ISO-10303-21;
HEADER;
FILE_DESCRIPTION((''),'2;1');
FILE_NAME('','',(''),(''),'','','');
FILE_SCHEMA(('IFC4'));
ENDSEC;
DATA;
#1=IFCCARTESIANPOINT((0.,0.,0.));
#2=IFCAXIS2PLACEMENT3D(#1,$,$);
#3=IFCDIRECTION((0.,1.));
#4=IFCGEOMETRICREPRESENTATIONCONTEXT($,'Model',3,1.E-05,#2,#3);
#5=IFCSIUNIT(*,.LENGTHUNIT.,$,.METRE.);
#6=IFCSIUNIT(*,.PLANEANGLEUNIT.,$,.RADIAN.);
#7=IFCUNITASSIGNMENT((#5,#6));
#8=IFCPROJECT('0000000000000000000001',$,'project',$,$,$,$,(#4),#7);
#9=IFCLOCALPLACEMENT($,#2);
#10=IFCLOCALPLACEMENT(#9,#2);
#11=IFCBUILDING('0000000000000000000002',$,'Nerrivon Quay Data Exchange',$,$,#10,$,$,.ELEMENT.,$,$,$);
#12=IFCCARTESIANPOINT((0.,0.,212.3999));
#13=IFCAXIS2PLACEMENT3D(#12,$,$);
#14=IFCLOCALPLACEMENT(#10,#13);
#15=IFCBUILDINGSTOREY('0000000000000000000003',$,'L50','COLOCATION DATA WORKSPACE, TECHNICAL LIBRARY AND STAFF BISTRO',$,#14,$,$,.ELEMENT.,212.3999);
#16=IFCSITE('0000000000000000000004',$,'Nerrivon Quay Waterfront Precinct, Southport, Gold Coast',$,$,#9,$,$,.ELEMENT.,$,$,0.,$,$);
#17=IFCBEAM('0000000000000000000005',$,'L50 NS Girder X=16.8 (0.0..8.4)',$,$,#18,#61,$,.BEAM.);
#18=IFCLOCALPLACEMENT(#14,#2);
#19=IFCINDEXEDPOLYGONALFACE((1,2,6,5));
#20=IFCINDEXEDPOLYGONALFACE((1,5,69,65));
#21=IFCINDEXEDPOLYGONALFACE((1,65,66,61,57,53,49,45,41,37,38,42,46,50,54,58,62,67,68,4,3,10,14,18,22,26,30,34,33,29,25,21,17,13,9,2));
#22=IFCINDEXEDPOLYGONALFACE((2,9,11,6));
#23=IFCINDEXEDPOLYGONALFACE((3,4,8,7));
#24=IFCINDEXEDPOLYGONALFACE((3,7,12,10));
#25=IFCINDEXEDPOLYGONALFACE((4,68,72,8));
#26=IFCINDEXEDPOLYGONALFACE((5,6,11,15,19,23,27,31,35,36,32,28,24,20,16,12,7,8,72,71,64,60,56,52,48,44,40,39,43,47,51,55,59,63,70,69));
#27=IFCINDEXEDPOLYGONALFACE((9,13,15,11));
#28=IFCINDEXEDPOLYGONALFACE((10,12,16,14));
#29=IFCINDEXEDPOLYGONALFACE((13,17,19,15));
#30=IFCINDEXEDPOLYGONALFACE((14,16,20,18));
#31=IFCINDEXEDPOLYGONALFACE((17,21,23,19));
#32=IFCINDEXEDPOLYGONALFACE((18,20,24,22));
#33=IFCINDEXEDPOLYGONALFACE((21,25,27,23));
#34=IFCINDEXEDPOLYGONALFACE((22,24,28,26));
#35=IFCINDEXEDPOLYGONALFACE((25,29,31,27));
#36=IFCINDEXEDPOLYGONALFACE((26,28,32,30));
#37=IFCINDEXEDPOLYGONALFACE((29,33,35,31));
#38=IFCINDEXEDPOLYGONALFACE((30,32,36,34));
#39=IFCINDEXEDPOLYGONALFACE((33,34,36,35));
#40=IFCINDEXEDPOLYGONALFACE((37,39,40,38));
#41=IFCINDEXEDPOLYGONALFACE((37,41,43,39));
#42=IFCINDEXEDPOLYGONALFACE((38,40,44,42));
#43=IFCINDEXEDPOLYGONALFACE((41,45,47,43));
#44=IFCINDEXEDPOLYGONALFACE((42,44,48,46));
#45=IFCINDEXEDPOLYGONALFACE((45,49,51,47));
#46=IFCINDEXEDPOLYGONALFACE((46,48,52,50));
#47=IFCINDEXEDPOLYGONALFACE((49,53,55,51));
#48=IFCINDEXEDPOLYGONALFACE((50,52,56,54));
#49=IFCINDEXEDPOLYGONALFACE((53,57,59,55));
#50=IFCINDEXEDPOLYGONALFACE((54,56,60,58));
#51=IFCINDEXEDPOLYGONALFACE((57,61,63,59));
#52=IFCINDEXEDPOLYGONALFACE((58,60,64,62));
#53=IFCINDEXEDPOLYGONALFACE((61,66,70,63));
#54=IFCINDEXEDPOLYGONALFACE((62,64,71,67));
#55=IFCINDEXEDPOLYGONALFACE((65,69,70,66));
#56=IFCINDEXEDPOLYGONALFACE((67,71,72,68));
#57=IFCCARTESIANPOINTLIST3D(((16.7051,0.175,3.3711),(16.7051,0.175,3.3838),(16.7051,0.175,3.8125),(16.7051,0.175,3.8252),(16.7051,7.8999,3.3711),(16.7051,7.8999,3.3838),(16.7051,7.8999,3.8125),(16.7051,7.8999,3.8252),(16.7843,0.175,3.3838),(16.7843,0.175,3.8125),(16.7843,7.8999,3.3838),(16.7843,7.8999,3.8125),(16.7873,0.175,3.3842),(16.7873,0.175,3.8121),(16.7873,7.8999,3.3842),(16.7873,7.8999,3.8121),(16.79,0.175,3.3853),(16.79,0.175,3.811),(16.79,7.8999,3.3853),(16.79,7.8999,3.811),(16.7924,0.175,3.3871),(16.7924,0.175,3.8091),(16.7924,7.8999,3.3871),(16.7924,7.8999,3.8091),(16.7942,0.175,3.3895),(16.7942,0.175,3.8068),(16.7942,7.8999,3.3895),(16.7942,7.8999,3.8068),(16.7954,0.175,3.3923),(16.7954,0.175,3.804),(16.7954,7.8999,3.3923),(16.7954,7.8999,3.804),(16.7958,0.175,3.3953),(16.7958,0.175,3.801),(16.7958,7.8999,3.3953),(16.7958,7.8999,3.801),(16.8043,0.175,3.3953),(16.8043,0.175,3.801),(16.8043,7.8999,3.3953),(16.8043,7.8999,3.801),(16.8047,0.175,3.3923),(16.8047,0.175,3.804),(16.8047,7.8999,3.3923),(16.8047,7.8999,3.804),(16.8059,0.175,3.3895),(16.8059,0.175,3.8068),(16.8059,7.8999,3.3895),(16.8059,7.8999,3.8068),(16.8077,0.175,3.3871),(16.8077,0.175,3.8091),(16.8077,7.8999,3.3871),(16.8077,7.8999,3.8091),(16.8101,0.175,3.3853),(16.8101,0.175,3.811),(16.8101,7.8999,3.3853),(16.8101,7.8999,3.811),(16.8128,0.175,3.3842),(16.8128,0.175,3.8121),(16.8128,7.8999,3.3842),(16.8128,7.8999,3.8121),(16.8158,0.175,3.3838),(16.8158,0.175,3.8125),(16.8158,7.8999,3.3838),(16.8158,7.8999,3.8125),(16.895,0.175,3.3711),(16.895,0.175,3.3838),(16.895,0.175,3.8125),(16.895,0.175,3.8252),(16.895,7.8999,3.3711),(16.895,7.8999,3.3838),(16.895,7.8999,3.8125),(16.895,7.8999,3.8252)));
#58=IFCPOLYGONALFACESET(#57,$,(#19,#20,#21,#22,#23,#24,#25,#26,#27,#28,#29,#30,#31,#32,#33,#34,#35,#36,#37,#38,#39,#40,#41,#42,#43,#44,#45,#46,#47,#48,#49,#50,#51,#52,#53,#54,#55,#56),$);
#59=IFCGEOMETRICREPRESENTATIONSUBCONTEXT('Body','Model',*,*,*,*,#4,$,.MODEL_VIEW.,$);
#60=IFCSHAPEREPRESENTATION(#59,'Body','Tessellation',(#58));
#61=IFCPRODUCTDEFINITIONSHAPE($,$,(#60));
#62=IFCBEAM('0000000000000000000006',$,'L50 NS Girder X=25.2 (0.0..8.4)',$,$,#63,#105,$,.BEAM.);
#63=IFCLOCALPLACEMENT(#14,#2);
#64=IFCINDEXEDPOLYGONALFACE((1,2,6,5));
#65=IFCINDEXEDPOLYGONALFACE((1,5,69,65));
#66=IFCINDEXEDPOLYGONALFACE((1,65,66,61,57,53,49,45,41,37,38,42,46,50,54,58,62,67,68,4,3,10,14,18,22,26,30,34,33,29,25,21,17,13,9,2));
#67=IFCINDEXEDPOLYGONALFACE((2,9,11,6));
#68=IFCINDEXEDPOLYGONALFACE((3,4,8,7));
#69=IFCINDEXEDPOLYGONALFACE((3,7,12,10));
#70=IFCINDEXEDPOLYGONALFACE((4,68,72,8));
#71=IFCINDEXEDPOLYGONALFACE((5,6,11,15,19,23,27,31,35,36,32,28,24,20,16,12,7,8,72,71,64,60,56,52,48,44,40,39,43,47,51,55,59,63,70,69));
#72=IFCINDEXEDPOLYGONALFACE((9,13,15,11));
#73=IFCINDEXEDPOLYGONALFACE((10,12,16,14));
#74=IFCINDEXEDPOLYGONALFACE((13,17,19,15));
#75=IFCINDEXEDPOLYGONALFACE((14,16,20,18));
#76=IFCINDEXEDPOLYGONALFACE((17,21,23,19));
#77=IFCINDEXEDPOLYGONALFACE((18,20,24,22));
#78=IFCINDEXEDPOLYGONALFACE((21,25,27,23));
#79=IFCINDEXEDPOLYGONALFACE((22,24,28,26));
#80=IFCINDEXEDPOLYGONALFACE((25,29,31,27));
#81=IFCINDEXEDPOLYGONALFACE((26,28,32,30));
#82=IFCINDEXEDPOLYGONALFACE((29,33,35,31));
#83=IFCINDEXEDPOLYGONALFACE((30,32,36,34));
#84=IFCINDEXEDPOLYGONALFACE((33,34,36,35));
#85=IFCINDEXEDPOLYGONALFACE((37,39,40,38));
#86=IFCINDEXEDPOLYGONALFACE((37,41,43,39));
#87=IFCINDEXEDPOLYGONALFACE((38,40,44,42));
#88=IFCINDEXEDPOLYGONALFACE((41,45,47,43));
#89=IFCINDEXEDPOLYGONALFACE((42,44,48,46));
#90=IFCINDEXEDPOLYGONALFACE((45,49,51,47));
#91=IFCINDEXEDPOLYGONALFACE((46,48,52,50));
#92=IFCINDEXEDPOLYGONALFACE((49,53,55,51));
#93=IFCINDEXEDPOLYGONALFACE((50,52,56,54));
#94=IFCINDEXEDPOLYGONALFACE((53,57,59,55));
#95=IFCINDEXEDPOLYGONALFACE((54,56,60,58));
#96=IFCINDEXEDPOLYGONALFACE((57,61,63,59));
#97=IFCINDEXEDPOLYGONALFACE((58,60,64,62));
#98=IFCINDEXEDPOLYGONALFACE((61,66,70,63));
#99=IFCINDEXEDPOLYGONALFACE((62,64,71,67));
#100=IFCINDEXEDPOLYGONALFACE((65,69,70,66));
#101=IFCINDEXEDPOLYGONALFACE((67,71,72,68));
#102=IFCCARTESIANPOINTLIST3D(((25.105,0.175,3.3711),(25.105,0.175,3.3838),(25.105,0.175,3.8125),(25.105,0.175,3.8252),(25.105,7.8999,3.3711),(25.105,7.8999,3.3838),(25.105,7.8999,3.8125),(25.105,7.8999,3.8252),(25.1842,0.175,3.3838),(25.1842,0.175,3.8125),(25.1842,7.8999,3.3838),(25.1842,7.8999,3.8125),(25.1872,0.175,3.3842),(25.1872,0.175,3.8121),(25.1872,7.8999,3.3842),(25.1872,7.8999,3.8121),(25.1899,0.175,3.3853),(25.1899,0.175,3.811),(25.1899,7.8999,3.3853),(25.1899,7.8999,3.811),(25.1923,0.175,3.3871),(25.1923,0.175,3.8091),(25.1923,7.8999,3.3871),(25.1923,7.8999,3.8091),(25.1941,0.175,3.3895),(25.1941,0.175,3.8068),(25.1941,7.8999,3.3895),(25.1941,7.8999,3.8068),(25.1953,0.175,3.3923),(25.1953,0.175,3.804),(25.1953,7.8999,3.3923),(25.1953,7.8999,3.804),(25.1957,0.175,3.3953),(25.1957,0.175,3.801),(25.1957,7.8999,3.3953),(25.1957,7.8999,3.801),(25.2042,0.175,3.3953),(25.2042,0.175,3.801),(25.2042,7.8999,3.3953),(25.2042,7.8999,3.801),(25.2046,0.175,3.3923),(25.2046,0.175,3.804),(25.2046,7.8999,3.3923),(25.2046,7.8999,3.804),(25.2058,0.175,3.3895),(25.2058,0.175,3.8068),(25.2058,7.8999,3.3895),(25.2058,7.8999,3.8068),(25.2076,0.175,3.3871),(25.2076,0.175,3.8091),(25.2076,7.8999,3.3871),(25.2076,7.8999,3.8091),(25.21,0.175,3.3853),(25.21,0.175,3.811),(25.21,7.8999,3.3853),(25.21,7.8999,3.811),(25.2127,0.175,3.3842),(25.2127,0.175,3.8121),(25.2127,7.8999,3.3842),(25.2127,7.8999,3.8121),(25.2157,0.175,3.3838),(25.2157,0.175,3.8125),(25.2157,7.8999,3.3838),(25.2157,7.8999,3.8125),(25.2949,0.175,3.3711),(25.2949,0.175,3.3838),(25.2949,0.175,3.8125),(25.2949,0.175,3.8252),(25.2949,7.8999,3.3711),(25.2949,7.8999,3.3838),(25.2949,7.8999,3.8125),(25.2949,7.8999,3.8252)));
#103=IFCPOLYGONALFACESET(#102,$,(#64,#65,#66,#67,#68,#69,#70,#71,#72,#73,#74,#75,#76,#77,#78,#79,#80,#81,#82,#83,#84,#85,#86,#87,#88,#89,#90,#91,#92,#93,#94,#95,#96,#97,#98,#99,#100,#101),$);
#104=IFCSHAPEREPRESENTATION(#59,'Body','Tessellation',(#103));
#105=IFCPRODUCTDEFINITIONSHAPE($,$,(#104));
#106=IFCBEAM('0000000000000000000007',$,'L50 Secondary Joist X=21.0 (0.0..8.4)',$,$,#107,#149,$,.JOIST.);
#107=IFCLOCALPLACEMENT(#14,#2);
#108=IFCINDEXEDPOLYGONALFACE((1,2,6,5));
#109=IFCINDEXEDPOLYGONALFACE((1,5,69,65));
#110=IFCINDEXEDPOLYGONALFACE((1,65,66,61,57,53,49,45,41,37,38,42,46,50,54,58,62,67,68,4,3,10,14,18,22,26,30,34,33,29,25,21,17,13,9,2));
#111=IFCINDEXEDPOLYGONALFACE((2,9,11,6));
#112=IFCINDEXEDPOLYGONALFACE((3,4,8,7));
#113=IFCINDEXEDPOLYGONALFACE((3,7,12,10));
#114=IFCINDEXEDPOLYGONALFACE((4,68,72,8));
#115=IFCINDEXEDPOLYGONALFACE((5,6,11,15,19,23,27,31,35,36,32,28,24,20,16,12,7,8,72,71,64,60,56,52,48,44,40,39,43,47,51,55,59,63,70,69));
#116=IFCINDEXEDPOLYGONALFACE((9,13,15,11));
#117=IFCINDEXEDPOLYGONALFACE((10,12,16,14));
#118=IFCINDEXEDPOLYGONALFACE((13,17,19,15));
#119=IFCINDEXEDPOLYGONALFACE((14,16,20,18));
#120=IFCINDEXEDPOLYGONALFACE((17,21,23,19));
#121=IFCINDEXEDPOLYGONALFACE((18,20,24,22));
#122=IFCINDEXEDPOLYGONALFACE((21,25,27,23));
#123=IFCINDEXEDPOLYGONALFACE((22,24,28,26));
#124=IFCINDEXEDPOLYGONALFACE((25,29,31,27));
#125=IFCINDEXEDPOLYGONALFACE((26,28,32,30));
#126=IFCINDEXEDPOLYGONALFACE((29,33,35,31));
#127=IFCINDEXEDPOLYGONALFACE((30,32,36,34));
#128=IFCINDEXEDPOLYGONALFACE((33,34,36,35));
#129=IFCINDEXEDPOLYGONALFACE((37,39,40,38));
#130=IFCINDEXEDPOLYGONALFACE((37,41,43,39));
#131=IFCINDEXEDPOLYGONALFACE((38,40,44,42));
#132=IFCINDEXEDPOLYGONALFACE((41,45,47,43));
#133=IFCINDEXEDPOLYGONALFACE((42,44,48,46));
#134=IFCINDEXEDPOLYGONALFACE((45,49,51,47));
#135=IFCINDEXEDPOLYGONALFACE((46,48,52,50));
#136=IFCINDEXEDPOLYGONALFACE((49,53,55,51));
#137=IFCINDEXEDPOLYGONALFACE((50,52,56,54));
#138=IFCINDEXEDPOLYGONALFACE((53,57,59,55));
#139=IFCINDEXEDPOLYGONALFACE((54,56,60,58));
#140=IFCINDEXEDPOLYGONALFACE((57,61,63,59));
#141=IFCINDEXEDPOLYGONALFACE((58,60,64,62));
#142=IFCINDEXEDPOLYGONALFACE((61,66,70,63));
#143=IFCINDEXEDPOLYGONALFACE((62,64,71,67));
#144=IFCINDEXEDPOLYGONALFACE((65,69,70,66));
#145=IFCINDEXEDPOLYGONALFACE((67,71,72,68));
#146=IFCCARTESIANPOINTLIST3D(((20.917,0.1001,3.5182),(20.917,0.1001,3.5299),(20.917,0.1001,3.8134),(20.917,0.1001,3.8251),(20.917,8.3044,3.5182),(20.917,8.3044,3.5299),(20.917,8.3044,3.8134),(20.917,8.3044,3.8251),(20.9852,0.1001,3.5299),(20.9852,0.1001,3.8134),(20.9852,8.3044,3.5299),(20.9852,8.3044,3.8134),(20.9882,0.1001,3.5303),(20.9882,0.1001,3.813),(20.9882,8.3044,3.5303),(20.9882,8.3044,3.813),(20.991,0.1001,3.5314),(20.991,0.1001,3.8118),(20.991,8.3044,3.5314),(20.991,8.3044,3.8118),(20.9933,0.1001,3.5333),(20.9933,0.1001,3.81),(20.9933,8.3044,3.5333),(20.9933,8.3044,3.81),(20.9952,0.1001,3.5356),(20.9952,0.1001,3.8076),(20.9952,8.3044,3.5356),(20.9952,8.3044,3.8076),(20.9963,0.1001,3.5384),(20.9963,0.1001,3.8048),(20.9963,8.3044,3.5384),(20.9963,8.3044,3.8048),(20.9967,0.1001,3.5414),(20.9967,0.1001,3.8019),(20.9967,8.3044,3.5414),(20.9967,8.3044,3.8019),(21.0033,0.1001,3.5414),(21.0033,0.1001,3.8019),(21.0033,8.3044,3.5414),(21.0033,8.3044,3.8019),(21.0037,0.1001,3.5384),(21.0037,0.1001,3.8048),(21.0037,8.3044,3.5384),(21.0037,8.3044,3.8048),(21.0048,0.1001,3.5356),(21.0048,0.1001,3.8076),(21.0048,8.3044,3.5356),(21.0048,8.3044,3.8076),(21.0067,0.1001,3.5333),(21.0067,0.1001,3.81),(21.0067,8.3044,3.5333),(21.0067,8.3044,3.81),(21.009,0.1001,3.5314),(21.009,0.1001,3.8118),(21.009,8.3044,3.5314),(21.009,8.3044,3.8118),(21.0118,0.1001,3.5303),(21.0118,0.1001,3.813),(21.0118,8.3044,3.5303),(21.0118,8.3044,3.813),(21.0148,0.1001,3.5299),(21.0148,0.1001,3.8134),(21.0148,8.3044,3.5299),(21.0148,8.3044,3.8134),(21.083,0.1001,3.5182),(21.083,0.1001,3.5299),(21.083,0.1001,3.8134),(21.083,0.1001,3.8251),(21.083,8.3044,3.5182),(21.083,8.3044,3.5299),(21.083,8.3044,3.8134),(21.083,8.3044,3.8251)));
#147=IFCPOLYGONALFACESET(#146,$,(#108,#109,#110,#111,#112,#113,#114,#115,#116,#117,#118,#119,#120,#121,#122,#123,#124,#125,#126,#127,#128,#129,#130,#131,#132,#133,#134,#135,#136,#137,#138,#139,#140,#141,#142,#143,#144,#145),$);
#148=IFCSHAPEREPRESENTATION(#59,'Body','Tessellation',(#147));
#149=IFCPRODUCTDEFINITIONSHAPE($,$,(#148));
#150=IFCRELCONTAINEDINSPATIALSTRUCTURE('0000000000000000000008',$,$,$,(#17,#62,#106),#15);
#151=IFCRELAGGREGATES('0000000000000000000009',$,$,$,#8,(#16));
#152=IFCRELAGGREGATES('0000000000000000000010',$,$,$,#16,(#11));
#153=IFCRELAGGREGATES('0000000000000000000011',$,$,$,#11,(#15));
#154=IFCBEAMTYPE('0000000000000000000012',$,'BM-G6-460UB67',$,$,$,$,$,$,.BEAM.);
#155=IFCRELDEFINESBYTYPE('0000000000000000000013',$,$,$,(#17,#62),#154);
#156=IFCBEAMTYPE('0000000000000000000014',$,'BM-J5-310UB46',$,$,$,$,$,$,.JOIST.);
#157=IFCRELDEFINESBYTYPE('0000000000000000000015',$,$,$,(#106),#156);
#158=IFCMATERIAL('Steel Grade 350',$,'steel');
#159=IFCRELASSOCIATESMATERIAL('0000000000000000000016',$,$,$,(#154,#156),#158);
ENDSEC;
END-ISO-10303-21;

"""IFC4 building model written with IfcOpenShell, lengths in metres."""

from ifc_helpers import new_model, si_unit, direction, frame, origin, origin_2d, place, context, subcontext, project, spatial, i_section, extrude, material, material_profile, profile_set, type_object, element, save


model = new_model("IFC4")

# Units and contexts
model_context = context("Model", 3, precision=1e-05, world=origin(), true_north=direction((0.0, 1.0)))
body_context = subcontext(model_context, "Body", "Model", "MODEL_VIEW")
ifc_project = project(units=[si_unit("LENGTHUNIT", "METRE"), si_unit("PLANEANGLEUNIT", "RADIAN")], contexts=[model_context])

# Site, building, storey
site_placement = place(None, origin())
site = spatial("IfcSite", under=ifc_project, at=site_placement, Name="Nerrivon Quay Waterfront Precinct, Southport, Gold Coast", CompositionType="ELEMENT", RefElevation=0.0)
building_placement = place(site_placement, origin())
building = spatial("IfcBuilding", under=site, at=building_placement, Name="Nerrivon Quay Data Exchange", CompositionType="ELEMENT")
storey_placement = place(building_placement, frame((0.0, 0.0, 212.3999)))
storey = spatial("IfcBuildingStorey", under=building, at=storey_placement, Name="L50", Description="COLOCATION DATA WORKSPACE, TECHNICAL LIBRARY AND STAFF BISTRO", CompositionType="ELEMENT", Elevation=212.3999)

# Shared definitions
ifc_material_1 = material(Name="Steel Grade 350", Category="steel")

# Beams
ifc_material_profile_1 = material_profile(ifc_material_1, i_section(OverallWidth=0.1899, OverallDepth=0.4541, WebThickness=0.0085, FlangeThickness=0.0127, FilletRadius=0.0115, at=origin_2d()), Name="460UB67.1")
ifc_profile_set_1 = profile_set([ifc_material_profile_1], Name="Steel Grade 350")
beam_type_1 = type_object("IfcBeamType", Name="BM-G6-460UB67", PredefinedType="BEAM", material=ifc_profile_set_1)
for number, where, z_axis, x_axis, name in (
    (1, (16.8, 0.175, 3.5981), (0.0, 1.0, 0.0), (-1.0, 0.0, 0.0), "L50 NS Girder X=16.8 (0.0..8.4)"),
    (2, (25.2, 0.175, 3.5981), (0.0, 1.0, 0.0), (-1.0, 0.0, 0.0), "L50 NS Girder X=25.2 (0.0..8.4)"),
):
    element("IfcBeam", number, at=place(storey_placement, frame(where, z_axis=z_axis, x_axis=x_axis)), inside=storey, type_object=beam_type_1, Name=name, PredefinedType="BEAM", context=body_context, shape_type="SweptSolid", body=[
        extrude(i_section(OverallWidth=0.1899, OverallDepth=0.4541, WebThickness=0.0085, FlangeThickness=0.0127, FilletRadius=0.0115, at=origin_2d()), origin(), (0.0, 0.0, 1.0), 7.7249),
    ])
ifc_material_profile_2 = material_profile(ifc_material_1, i_section(OverallWidth=0.166, OverallDepth=0.3069, WebThickness=0.0066, FlangeThickness=0.0117, FilletRadius=0.0115, at=origin_2d()), Name="310UB46.2")
ifc_profile_set_2 = profile_set([ifc_material_profile_2], Name="Steel Grade 350")
beam_type_2 = type_object("IfcBeamType", Name="BM-J5-310UB46", PredefinedType="JOIST", material=ifc_profile_set_2)
beam_1_placement = place(storey_placement, frame((21.0, 0.1001, 3.6716), z_axis=(0.0, 1.0, 0.0), x_axis=(-1.0, 0.0, 0.0)))
element("IfcBeam", 3, at=beam_1_placement, inside=storey, type_object=beam_type_2, Name="L50 Secondary Joist X=21.0 (0.0..8.4)", PredefinedType="JOIST", context=body_context, shape_type="SweptSolid", body=[
    extrude(i_section(OverallWidth=0.166, OverallDepth=0.3069, WebThickness=0.0066, FlangeThickness=0.0117, FilletRadius=0.0115, at=origin_2d()), origin(), (0.0, 0.0, 1.0), 8.2043),
])

save(model, "model.ifc")
